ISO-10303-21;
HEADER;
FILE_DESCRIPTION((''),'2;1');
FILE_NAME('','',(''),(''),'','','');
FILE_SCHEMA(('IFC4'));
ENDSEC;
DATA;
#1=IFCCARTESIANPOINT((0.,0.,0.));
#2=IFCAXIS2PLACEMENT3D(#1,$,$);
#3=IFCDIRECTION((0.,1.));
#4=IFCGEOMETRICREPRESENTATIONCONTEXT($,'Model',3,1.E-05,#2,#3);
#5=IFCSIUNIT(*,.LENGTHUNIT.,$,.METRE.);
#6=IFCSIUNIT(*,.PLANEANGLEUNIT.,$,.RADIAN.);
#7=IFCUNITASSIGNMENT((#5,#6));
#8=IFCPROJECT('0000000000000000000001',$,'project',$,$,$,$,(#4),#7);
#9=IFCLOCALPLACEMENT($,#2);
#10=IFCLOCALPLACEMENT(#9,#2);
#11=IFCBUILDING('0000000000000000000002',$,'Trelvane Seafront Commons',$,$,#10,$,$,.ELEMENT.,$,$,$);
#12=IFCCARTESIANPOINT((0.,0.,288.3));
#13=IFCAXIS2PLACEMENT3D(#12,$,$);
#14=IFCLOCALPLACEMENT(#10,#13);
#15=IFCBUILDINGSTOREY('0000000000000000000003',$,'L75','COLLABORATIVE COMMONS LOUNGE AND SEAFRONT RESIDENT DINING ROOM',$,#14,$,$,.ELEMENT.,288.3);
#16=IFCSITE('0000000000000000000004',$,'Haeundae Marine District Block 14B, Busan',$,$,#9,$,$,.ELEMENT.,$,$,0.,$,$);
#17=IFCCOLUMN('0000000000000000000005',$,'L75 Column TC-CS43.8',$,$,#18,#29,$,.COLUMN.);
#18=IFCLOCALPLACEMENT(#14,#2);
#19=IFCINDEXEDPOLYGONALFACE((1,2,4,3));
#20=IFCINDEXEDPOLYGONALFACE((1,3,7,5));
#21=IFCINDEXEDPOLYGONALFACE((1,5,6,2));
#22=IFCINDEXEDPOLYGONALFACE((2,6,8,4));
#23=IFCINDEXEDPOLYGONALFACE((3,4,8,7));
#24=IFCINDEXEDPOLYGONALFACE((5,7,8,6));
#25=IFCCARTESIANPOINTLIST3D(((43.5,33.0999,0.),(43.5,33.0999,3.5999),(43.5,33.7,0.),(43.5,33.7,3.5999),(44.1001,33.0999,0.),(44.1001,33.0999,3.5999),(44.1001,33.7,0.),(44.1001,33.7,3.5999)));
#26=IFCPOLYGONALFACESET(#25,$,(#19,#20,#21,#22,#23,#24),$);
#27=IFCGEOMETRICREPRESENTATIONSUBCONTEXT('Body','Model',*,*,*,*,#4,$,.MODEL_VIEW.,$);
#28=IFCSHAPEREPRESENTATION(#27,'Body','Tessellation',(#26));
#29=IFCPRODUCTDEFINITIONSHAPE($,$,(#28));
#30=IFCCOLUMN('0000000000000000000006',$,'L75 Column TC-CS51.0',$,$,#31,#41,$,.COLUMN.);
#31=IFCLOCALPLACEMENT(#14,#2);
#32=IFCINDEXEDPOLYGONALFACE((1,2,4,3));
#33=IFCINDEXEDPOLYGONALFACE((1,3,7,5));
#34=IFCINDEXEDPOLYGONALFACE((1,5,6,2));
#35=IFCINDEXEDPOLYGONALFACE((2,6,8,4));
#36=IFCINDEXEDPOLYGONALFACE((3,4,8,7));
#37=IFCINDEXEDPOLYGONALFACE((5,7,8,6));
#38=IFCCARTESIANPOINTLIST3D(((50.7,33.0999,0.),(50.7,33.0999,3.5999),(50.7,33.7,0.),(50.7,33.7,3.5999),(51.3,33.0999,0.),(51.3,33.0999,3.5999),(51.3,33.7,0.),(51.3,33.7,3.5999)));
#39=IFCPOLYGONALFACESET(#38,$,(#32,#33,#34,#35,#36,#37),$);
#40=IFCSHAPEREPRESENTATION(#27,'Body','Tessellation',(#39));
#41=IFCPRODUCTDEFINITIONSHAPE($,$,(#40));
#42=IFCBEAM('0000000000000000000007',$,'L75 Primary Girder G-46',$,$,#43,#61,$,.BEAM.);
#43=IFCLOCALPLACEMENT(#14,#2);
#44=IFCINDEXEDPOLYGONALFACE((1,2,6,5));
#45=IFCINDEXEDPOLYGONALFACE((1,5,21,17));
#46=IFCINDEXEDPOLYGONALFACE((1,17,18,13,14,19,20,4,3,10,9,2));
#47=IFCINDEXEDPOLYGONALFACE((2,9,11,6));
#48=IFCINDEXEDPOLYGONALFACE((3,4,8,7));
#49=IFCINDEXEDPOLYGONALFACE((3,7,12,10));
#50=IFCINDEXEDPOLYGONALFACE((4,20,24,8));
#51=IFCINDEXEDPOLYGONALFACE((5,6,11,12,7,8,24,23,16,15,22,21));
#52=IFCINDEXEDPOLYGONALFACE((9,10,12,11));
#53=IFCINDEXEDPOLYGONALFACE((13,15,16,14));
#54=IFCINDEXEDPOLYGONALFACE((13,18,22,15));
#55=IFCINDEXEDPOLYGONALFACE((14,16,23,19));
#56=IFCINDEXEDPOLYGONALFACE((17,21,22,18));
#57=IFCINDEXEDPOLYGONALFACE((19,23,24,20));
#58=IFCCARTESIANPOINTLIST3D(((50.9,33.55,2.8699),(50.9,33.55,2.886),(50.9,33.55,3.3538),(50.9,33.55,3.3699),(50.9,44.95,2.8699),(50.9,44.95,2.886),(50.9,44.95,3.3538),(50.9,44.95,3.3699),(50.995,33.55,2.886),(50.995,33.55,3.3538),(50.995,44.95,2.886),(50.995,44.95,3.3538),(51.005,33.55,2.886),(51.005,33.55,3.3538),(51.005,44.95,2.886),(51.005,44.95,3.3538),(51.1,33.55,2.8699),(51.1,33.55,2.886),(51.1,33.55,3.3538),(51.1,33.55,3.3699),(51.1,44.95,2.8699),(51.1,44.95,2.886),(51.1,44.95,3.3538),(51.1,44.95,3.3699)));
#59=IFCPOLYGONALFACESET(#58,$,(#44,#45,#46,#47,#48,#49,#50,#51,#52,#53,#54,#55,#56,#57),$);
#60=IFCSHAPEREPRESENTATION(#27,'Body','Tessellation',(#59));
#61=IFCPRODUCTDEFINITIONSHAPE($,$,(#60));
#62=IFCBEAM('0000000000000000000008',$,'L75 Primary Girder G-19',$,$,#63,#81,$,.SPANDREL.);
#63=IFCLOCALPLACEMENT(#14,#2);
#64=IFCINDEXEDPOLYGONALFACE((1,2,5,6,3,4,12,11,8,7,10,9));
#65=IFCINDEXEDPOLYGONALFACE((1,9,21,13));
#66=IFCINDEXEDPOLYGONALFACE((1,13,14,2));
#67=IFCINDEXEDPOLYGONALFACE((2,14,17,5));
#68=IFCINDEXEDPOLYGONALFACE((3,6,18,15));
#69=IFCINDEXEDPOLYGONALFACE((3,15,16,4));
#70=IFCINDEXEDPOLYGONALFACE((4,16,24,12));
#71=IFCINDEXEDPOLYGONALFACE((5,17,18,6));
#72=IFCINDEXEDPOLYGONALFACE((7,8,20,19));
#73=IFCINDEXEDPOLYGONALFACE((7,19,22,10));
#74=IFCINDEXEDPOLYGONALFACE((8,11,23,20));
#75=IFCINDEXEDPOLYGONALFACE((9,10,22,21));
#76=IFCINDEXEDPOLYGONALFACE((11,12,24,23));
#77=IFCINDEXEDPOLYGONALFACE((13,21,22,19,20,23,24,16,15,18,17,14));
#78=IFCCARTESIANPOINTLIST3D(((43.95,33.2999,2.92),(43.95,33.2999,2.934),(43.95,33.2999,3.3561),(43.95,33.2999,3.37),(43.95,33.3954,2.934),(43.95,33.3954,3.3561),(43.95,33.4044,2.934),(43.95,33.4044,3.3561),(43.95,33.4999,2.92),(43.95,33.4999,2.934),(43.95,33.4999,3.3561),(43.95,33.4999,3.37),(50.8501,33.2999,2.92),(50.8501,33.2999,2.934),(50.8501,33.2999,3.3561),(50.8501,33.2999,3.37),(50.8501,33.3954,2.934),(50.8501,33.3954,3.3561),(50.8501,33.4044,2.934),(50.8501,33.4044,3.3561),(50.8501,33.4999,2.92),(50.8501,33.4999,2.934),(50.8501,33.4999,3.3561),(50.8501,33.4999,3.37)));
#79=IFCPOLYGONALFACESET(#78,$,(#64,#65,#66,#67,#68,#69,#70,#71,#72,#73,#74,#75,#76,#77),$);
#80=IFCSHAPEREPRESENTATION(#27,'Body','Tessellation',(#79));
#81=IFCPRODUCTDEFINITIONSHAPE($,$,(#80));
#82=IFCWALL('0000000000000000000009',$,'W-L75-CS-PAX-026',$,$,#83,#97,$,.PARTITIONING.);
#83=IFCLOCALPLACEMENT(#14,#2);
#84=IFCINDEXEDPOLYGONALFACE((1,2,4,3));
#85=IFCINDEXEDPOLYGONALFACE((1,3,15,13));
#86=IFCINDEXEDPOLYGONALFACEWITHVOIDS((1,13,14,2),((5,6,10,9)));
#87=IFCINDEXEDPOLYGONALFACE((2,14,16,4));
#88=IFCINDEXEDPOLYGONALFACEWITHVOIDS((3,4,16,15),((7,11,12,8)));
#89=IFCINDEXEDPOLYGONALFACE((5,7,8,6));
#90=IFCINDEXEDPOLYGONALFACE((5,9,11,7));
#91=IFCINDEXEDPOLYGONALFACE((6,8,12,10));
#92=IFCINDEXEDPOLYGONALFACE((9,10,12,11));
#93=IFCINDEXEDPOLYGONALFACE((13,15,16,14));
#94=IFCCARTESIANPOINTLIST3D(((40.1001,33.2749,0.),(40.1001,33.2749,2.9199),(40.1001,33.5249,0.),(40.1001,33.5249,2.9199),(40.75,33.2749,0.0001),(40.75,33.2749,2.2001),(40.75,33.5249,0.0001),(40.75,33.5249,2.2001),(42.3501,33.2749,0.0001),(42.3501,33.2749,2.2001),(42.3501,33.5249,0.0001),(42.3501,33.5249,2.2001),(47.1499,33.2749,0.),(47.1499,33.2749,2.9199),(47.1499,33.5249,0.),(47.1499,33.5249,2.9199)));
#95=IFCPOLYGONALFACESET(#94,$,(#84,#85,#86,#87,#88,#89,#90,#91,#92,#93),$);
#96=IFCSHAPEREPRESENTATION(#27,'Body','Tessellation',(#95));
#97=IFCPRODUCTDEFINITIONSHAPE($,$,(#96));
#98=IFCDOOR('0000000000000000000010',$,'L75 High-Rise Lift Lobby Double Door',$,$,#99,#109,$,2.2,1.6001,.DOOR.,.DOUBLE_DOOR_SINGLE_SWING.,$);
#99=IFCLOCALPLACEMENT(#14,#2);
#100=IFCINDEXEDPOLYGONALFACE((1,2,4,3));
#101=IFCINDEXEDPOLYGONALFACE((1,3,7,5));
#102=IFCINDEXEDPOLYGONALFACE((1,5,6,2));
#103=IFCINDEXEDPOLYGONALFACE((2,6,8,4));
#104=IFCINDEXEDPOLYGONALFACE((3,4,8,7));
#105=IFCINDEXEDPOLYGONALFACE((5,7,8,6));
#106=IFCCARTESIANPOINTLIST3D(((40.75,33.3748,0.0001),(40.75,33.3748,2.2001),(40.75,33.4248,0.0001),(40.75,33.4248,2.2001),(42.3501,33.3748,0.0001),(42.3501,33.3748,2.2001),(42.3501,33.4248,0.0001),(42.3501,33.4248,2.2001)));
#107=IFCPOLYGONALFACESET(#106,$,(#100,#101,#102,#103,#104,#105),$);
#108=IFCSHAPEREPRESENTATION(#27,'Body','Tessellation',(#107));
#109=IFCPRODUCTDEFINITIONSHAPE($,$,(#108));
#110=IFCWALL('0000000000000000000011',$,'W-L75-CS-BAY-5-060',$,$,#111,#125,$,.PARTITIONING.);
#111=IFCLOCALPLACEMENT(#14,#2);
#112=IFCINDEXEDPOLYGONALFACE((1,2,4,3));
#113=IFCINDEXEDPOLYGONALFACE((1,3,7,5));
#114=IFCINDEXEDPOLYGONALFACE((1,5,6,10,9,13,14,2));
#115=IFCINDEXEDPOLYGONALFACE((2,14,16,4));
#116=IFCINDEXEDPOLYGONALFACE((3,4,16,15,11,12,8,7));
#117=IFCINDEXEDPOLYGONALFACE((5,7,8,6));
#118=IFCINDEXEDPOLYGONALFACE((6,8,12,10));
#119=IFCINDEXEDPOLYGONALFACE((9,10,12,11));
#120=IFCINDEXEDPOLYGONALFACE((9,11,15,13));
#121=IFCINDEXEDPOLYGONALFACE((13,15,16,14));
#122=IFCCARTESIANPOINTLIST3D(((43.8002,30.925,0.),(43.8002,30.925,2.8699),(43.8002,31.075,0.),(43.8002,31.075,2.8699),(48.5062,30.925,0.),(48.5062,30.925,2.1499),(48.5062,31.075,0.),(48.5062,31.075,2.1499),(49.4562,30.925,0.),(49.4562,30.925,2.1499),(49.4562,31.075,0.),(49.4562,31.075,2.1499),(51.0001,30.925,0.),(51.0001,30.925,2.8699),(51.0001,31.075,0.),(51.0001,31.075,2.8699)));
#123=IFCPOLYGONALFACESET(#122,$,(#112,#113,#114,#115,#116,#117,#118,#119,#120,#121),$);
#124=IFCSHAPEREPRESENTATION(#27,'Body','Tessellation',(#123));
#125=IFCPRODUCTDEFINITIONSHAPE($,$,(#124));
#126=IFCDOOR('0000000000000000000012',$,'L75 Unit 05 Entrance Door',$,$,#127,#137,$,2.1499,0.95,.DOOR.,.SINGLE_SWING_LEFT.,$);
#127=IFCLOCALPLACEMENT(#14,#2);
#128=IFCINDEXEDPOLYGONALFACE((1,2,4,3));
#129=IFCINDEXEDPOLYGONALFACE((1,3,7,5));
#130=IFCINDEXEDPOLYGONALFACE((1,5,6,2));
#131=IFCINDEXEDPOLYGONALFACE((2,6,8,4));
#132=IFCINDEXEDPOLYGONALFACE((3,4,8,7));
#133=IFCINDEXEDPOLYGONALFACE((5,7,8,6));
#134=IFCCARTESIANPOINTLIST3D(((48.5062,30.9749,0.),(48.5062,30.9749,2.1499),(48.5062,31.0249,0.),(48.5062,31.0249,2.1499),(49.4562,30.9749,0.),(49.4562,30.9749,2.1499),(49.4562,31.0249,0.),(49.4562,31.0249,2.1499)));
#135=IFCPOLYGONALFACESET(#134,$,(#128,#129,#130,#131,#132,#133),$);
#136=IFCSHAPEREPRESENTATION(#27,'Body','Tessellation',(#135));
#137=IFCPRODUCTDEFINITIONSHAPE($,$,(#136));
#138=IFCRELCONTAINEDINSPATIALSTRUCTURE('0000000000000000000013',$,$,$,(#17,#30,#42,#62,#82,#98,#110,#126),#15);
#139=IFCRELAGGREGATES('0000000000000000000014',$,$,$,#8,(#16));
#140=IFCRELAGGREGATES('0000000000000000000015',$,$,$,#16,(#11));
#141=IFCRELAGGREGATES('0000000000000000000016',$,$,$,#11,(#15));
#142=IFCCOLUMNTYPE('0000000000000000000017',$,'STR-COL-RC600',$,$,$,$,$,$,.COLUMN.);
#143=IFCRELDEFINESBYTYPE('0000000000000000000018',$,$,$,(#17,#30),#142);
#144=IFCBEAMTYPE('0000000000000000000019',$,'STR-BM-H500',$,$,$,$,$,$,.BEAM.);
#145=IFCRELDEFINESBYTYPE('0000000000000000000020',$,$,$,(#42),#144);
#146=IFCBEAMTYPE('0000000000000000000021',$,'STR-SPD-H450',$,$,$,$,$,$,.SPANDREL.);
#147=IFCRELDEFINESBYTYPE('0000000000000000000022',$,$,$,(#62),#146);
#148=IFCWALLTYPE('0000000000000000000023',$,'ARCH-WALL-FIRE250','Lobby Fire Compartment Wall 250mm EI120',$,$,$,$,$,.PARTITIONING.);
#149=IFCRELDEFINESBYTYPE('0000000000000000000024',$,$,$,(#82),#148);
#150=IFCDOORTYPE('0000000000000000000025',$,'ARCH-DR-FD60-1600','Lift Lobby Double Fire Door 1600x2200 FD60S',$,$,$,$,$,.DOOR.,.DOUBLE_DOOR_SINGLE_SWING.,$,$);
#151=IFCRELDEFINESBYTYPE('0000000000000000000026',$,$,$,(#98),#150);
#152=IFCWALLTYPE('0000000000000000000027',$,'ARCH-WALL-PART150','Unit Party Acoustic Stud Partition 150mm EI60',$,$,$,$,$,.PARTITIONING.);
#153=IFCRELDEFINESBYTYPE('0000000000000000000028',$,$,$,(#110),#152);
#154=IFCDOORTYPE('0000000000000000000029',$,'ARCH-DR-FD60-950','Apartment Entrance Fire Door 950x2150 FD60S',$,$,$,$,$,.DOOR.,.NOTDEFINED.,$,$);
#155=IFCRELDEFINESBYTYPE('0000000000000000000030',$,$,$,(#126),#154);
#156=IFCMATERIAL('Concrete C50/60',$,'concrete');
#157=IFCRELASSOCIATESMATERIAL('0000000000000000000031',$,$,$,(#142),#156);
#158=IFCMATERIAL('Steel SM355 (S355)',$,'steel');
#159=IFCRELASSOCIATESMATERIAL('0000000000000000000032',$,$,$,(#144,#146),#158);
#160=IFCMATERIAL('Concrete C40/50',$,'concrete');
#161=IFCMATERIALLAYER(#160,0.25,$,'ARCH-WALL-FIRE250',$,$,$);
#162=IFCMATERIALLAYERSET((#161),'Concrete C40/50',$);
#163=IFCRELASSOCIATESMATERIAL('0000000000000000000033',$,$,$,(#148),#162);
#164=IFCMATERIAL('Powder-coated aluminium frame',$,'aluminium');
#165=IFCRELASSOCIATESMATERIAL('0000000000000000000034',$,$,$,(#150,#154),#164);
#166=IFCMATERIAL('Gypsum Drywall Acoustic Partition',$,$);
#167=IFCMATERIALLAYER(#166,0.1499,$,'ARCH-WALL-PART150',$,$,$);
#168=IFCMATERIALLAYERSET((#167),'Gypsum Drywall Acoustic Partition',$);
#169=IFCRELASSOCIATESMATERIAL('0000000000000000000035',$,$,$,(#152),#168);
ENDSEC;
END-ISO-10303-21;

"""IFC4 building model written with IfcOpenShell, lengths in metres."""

from ifc_helpers import new_model, si_unit, direction, frame, frame_2d, origin, origin_2d, place, context, subcontext, project, spatial, rectangle, i_section, extrude, source, transform, mapped, material, layer, layer_set, material_profile, profile_set, type_object, element, fill, save


model = new_model("IFC4")

# Units and contexts
model_context = context("Model", 3, precision=1e-05, world=origin(), true_north=direction((0.0, 1.0)))
body_context = subcontext(model_context, "Body", "Model", "MODEL_VIEW")
ifc_project = project(units=[si_unit("LENGTHUNIT", "METRE"), si_unit("PLANEANGLEUNIT", "RADIAN")], contexts=[model_context])

# Site, building, storey
site_placement = place(None, origin())
site = spatial("IfcSite", under=ifc_project, at=site_placement, Name="Haeundae Marine District Block 14B, Busan", CompositionType="ELEMENT", RefElevation=0.0)
building_placement = place(site_placement, origin())
building = spatial("IfcBuilding", under=site, at=building_placement, Name="Trelvane Seafront Commons", CompositionType="ELEMENT")
storey_placement = place(building_placement, frame((0.0, 0.0, 288.3)))
storey = spatial("IfcBuildingStorey", under=building, at=storey_placement, Name="L75", Description="COLLABORATIVE COMMONS LOUNGE AND SEAFRONT RESIDENT DINING ROOM", CompositionType="ELEMENT", Elevation=288.3)

# Columns
ifc_material_1 = material(Name="Concrete C50/60", Category="concrete")
ifc_material_profile_1 = material_profile(ifc_material_1, rectangle(XDim=0.6001, YDim=0.6001, at=origin_2d()), Name="RC-600x600")
ifc_profile_set_1 = profile_set([ifc_material_profile_1], Name="Concrete C50/60")
column_type = type_object("IfcColumnType", Name="STR-COL-RC600", PredefinedType="COLUMN", material=ifc_profile_set_1)
shared_shape_1 = source(origin(), body_context, "Body", "SweptSolid", [
    extrude(rectangle(XDim=0.6001, YDim=0.6001, at=origin_2d()), origin(), (0.0, 0.0, 1.0), 3.5999),
])
for number, where, z_axis, x_axis, name in (
    (1, (43.8, 33.3999, 0.0), (0.0, 0.0, 1.0), (1.0, 0.0, 0.0), "L75 Column TC-CS43.8"),
    (2, (51.0, 33.3999, 0.0), (0.0, 0.0, 1.0), (1.0, 0.0, 0.0), "L75 Column TC-CS51.0"),
):
    element("IfcColumn", number, at=place(storey_placement, frame(where, z_axis=z_axis, x_axis=x_axis)), inside=storey, type_object=column_type, Name=name, PredefinedType="COLUMN", context=body_context, shape_type="MappedRepresentation", body=[
        mapped(shared_shape_1, transform((0.0, 0.0, 0.0), x_axis=(1.0, 0.0, 0.0), y_axis=(0.0, 1.0, 0.0), z_axis=(0.0, 0.0, 1.0), scale=1.0)),
    ])

# Beams
ifc_material_2 = material(Name="Steel SM355 (S355)", Category="steel")
ifc_material_profile_2 = material_profile(ifc_material_2, i_section(OverallWidth=0.2, OverallDepth=0.5, WebThickness=0.01, FlangeThickness=0.0161, at=origin_2d()), Name="H-500x200x10x16")
ifc_profile_set_2 = profile_set([ifc_material_profile_2], Name="Steel SM355 (S355)")
beam_type_1 = type_object("IfcBeamType", Name="STR-BM-H500", PredefinedType="BEAM", material=ifc_profile_set_2)
shared_shape_2 = source(origin(), body_context, "Body", "SweptSolid", [
    extrude(i_section(OverallWidth=0.2, OverallDepth=0.5, WebThickness=0.01, FlangeThickness=0.0161, at=origin_2d()), origin(), (0.0, 0.0, 1.0), 11.3999),
])
beam_1_placement = place(storey_placement, frame((51.0, 33.55, 3.1199), z_axis=(0.0, 1.0, 0.0), x_axis=(-1.0, 0.0, 0.0)))
element("IfcBeam", 3, at=beam_1_placement, inside=storey, type_object=beam_type_1, Name="L75 Primary Girder G-46", PredefinedType="BEAM", context=body_context, shape_type="MappedRepresentation", body=[
    mapped(shared_shape_2, transform((0.0, 0.0, 0.0), x_axis=(1.0, 0.0, 0.0), y_axis=(0.0, 1.0, 0.0), z_axis=(0.0, 0.0, 1.0), scale=1.0)),
])
ifc_material_profile_3 = material_profile(ifc_material_2, i_section(OverallWidth=0.2, OverallDepth=0.45, WebThickness=0.009, FlangeThickness=0.0139, at=origin_2d()), Name="H-450x200x9x14")
ifc_profile_set_3 = profile_set([ifc_material_profile_3], Name="Steel SM355 (S355)")
beam_type_2 = type_object("IfcBeamType", Name="STR-SPD-H450", PredefinedType="SPANDREL", material=ifc_profile_set_3)
shared_shape_3 = source(origin(), body_context, "Body", "SweptSolid", [
    extrude(i_section(OverallWidth=0.2, OverallDepth=0.45, WebThickness=0.009, FlangeThickness=0.0139, at=origin_2d()), origin(), (0.0, 0.0, 1.0), 6.9001),
])
beam_2_placement = place(storey_placement, frame((43.95, 33.3999, 3.145), z_axis=(1.0, 0.0, 0.0), x_axis=(0.0, 1.0, 0.0)))
element("IfcBeam", 4, at=beam_2_placement, inside=storey, type_object=beam_type_2, Name="L75 Primary Girder G-19", PredefinedType="SPANDREL", context=body_context, shape_type="MappedRepresentation", body=[
    mapped(shared_shape_3, transform((0.0, 0.0, 0.0), x_axis=(1.0, 0.0, 0.0), y_axis=(0.0, 1.0, 0.0), z_axis=(0.0, 0.0, 1.0), scale=1.0)),
])

# Wall, opening, door
ifc_material_3 = material(Name="Concrete C40/50", Category="concrete")
ifc_layer_1 = layer(ifc_material_3, 0.25, Name="ARCH-WALL-FIRE250")
ifc_layer_set_1 = layer_set([ifc_layer_1], Name="Concrete C40/50")
wall_type_1 = type_object("IfcWallType", Name="ARCH-WALL-FIRE250", Description="Lobby Fire Compartment Wall 250mm EI120", PredefinedType="PARTITIONING", material=ifc_layer_set_1)
wall_1_placement = place(storey_placement, frame((40.1001, 33.3999, 0.0), z_axis=(0.0, 0.0, 1.0), x_axis=(1.0, 0.0, 0.0)))
wall_1 = element("IfcWall", 5, at=wall_1_placement, inside=storey, type_object=wall_type_1, Name="W-L75-CS-PAX-026", PredefinedType="PARTITIONING", context=body_context, shape_type="SweptSolid", body=[
    extrude(rectangle(XDim=7.0498, YDim=0.25, at=frame_2d((3.5249, 0.0))), origin(), (0.0, 0.0, 1.0), 2.9199),
])
opening_1_placement = place(wall_1_placement, frame((0.6499, 0.0, 0.0)))
opening_1 = element("IfcOpeningElement", 6, at=opening_1_placement, cuts=wall_1, PredefinedType="OPENING", context=body_context, shape_type="SweptSolid", body=[
    extrude(rectangle(XDim=1.6001, YDim=2.2, at=frame_2d((0.8, 1.1001))), frame((0.0, 0.135, 0.0), z_axis=(0.0, -1.0, 0.0), x_axis=(1.0, 0.0, 0.0)), (0.0, 0.0, 1.0), 0.27),
])
ifc_material_4 = material(Name="Powder-coated aluminium frame", Category="aluminium")
door_type_1 = type_object("IfcDoorType", Name="ARCH-DR-FD60-1600", Description="Lift Lobby Double Fire Door 1600x2200 FD60S", OperationType="DOUBLE_DOOR_SINGLE_SWING", PredefinedType="DOOR", material=ifc_material_4)
shared_shape_4 = source(origin(), body_context, "Body", "SweptSolid", [
    extrude(rectangle(XDim=1.6001, YDim=2.2, at=frame_2d((0.8, 1.1001))), frame((0.0, 0.0249, 0.0), z_axis=(0.0, -1.0, 0.0), x_axis=(1.0, 0.0, 0.0)), (0.0, 0.0, 1.0), 0.05),
])
door_1_placement = place(opening_1_placement, origin())
door_1 = element("IfcDoor", 7, at=door_1_placement, inside=storey, type_object=door_type_1, Name="L75 High-Rise Lift Lobby Double Door", OperationType="DOUBLE_DOOR_SINGLE_SWING", OverallHeight=2.2, OverallWidth=1.6001, PredefinedType="DOOR", context=body_context, shape_type="MappedRepresentation", body=[
    mapped(shared_shape_4, transform((0.0, 0.0, 0.0), x_axis=(1.0, 0.0, 0.0), y_axis=(0.0, 1.0, 0.0), z_axis=(0.0, 0.0, 1.0), scale=1.0)),
])
fill(opening_1, door_1)

# Shared definitions
door_type_2 = type_object("IfcDoorType", Name="ARCH-DR-FD60-950", Description="Apartment Entrance Fire Door 950x2150 FD60S", OperationType="NOTDEFINED", PredefinedType="DOOR", material=ifc_material_4)
shared_shape_5 = source(origin(), body_context, "Body", "SweptSolid", [
    extrude(rectangle(XDim=0.95, YDim=2.1499, at=frame_2d((0.4751, 1.075))), frame((0.0, 0.0249, 0.0), z_axis=(0.0, -1.0, 0.0), x_axis=(1.0, 0.0, 0.0)), (0.0, 0.0, 1.0), 0.05),
])
ifc_material_5 = material(Name="Gypsum Drywall Acoustic Partition")

# Wall, opening, door
ifc_layer_2 = layer(ifc_material_5, 0.1499, Name="ARCH-WALL-PART150")
ifc_layer_set_2 = layer_set([ifc_layer_2], Name="Gypsum Drywall Acoustic Partition")
wall_type_2 = type_object("IfcWallType", Name="ARCH-WALL-PART150", Description="Unit Party Acoustic Stud Partition 150mm EI60", PredefinedType="PARTITIONING", material=ifc_layer_set_2)
wall_2_placement = place(storey_placement, frame((43.8, 31.0, 0.0), z_axis=(0.0, 0.0, 1.0), x_axis=(1.0, 0.0, 0.0)))
wall_2 = element("IfcWall", 8, at=wall_2_placement, inside=storey, type_object=wall_type_2, Name="W-L75-CS-BAY-5-060", PredefinedType="PARTITIONING", context=body_context, shape_type="SweptSolid", body=[
    extrude(rectangle(XDim=7.2, YDim=0.1499, at=frame_2d((3.6001, 0.0))), origin(), (0.0, 0.0, 1.0), 2.8699),
])
opening_2_placement = place(wall_2_placement, frame((4.7061, 0.0, 0.0)))
opening_2 = element("IfcOpeningElement", 9, at=opening_2_placement, cuts=wall_2, PredefinedType="OPENING", context=body_context, shape_type="SweptSolid", body=[
    extrude(rectangle(XDim=0.95, YDim=2.1499, at=frame_2d((0.4751, 1.075))), frame((0.0, 0.085, 0.0), z_axis=(0.0, -1.0, 0.0), x_axis=(1.0, 0.0, 0.0)), (0.0, 0.0, 1.0), 0.1699),
])
door_2_placement = place(opening_2_placement, origin())
door_2 = element("IfcDoor", 10, at=door_2_placement, inside=storey, type_object=door_type_2, Name="L75 Unit 05 Entrance Door", OperationType="SINGLE_SWING_LEFT", OverallHeight=2.1499, OverallWidth=0.95, PredefinedType="DOOR", context=body_context, shape_type="MappedRepresentation", body=[
    mapped(shared_shape_5, transform((0.0, 0.0, 0.0), x_axis=(1.0, 0.0, 0.0), y_axis=(0.0, 1.0, 0.0), z_axis=(0.0, 0.0, 1.0), scale=1.0)),
])
fill(opening_2, door_2)

save(model, "model.ifc")
